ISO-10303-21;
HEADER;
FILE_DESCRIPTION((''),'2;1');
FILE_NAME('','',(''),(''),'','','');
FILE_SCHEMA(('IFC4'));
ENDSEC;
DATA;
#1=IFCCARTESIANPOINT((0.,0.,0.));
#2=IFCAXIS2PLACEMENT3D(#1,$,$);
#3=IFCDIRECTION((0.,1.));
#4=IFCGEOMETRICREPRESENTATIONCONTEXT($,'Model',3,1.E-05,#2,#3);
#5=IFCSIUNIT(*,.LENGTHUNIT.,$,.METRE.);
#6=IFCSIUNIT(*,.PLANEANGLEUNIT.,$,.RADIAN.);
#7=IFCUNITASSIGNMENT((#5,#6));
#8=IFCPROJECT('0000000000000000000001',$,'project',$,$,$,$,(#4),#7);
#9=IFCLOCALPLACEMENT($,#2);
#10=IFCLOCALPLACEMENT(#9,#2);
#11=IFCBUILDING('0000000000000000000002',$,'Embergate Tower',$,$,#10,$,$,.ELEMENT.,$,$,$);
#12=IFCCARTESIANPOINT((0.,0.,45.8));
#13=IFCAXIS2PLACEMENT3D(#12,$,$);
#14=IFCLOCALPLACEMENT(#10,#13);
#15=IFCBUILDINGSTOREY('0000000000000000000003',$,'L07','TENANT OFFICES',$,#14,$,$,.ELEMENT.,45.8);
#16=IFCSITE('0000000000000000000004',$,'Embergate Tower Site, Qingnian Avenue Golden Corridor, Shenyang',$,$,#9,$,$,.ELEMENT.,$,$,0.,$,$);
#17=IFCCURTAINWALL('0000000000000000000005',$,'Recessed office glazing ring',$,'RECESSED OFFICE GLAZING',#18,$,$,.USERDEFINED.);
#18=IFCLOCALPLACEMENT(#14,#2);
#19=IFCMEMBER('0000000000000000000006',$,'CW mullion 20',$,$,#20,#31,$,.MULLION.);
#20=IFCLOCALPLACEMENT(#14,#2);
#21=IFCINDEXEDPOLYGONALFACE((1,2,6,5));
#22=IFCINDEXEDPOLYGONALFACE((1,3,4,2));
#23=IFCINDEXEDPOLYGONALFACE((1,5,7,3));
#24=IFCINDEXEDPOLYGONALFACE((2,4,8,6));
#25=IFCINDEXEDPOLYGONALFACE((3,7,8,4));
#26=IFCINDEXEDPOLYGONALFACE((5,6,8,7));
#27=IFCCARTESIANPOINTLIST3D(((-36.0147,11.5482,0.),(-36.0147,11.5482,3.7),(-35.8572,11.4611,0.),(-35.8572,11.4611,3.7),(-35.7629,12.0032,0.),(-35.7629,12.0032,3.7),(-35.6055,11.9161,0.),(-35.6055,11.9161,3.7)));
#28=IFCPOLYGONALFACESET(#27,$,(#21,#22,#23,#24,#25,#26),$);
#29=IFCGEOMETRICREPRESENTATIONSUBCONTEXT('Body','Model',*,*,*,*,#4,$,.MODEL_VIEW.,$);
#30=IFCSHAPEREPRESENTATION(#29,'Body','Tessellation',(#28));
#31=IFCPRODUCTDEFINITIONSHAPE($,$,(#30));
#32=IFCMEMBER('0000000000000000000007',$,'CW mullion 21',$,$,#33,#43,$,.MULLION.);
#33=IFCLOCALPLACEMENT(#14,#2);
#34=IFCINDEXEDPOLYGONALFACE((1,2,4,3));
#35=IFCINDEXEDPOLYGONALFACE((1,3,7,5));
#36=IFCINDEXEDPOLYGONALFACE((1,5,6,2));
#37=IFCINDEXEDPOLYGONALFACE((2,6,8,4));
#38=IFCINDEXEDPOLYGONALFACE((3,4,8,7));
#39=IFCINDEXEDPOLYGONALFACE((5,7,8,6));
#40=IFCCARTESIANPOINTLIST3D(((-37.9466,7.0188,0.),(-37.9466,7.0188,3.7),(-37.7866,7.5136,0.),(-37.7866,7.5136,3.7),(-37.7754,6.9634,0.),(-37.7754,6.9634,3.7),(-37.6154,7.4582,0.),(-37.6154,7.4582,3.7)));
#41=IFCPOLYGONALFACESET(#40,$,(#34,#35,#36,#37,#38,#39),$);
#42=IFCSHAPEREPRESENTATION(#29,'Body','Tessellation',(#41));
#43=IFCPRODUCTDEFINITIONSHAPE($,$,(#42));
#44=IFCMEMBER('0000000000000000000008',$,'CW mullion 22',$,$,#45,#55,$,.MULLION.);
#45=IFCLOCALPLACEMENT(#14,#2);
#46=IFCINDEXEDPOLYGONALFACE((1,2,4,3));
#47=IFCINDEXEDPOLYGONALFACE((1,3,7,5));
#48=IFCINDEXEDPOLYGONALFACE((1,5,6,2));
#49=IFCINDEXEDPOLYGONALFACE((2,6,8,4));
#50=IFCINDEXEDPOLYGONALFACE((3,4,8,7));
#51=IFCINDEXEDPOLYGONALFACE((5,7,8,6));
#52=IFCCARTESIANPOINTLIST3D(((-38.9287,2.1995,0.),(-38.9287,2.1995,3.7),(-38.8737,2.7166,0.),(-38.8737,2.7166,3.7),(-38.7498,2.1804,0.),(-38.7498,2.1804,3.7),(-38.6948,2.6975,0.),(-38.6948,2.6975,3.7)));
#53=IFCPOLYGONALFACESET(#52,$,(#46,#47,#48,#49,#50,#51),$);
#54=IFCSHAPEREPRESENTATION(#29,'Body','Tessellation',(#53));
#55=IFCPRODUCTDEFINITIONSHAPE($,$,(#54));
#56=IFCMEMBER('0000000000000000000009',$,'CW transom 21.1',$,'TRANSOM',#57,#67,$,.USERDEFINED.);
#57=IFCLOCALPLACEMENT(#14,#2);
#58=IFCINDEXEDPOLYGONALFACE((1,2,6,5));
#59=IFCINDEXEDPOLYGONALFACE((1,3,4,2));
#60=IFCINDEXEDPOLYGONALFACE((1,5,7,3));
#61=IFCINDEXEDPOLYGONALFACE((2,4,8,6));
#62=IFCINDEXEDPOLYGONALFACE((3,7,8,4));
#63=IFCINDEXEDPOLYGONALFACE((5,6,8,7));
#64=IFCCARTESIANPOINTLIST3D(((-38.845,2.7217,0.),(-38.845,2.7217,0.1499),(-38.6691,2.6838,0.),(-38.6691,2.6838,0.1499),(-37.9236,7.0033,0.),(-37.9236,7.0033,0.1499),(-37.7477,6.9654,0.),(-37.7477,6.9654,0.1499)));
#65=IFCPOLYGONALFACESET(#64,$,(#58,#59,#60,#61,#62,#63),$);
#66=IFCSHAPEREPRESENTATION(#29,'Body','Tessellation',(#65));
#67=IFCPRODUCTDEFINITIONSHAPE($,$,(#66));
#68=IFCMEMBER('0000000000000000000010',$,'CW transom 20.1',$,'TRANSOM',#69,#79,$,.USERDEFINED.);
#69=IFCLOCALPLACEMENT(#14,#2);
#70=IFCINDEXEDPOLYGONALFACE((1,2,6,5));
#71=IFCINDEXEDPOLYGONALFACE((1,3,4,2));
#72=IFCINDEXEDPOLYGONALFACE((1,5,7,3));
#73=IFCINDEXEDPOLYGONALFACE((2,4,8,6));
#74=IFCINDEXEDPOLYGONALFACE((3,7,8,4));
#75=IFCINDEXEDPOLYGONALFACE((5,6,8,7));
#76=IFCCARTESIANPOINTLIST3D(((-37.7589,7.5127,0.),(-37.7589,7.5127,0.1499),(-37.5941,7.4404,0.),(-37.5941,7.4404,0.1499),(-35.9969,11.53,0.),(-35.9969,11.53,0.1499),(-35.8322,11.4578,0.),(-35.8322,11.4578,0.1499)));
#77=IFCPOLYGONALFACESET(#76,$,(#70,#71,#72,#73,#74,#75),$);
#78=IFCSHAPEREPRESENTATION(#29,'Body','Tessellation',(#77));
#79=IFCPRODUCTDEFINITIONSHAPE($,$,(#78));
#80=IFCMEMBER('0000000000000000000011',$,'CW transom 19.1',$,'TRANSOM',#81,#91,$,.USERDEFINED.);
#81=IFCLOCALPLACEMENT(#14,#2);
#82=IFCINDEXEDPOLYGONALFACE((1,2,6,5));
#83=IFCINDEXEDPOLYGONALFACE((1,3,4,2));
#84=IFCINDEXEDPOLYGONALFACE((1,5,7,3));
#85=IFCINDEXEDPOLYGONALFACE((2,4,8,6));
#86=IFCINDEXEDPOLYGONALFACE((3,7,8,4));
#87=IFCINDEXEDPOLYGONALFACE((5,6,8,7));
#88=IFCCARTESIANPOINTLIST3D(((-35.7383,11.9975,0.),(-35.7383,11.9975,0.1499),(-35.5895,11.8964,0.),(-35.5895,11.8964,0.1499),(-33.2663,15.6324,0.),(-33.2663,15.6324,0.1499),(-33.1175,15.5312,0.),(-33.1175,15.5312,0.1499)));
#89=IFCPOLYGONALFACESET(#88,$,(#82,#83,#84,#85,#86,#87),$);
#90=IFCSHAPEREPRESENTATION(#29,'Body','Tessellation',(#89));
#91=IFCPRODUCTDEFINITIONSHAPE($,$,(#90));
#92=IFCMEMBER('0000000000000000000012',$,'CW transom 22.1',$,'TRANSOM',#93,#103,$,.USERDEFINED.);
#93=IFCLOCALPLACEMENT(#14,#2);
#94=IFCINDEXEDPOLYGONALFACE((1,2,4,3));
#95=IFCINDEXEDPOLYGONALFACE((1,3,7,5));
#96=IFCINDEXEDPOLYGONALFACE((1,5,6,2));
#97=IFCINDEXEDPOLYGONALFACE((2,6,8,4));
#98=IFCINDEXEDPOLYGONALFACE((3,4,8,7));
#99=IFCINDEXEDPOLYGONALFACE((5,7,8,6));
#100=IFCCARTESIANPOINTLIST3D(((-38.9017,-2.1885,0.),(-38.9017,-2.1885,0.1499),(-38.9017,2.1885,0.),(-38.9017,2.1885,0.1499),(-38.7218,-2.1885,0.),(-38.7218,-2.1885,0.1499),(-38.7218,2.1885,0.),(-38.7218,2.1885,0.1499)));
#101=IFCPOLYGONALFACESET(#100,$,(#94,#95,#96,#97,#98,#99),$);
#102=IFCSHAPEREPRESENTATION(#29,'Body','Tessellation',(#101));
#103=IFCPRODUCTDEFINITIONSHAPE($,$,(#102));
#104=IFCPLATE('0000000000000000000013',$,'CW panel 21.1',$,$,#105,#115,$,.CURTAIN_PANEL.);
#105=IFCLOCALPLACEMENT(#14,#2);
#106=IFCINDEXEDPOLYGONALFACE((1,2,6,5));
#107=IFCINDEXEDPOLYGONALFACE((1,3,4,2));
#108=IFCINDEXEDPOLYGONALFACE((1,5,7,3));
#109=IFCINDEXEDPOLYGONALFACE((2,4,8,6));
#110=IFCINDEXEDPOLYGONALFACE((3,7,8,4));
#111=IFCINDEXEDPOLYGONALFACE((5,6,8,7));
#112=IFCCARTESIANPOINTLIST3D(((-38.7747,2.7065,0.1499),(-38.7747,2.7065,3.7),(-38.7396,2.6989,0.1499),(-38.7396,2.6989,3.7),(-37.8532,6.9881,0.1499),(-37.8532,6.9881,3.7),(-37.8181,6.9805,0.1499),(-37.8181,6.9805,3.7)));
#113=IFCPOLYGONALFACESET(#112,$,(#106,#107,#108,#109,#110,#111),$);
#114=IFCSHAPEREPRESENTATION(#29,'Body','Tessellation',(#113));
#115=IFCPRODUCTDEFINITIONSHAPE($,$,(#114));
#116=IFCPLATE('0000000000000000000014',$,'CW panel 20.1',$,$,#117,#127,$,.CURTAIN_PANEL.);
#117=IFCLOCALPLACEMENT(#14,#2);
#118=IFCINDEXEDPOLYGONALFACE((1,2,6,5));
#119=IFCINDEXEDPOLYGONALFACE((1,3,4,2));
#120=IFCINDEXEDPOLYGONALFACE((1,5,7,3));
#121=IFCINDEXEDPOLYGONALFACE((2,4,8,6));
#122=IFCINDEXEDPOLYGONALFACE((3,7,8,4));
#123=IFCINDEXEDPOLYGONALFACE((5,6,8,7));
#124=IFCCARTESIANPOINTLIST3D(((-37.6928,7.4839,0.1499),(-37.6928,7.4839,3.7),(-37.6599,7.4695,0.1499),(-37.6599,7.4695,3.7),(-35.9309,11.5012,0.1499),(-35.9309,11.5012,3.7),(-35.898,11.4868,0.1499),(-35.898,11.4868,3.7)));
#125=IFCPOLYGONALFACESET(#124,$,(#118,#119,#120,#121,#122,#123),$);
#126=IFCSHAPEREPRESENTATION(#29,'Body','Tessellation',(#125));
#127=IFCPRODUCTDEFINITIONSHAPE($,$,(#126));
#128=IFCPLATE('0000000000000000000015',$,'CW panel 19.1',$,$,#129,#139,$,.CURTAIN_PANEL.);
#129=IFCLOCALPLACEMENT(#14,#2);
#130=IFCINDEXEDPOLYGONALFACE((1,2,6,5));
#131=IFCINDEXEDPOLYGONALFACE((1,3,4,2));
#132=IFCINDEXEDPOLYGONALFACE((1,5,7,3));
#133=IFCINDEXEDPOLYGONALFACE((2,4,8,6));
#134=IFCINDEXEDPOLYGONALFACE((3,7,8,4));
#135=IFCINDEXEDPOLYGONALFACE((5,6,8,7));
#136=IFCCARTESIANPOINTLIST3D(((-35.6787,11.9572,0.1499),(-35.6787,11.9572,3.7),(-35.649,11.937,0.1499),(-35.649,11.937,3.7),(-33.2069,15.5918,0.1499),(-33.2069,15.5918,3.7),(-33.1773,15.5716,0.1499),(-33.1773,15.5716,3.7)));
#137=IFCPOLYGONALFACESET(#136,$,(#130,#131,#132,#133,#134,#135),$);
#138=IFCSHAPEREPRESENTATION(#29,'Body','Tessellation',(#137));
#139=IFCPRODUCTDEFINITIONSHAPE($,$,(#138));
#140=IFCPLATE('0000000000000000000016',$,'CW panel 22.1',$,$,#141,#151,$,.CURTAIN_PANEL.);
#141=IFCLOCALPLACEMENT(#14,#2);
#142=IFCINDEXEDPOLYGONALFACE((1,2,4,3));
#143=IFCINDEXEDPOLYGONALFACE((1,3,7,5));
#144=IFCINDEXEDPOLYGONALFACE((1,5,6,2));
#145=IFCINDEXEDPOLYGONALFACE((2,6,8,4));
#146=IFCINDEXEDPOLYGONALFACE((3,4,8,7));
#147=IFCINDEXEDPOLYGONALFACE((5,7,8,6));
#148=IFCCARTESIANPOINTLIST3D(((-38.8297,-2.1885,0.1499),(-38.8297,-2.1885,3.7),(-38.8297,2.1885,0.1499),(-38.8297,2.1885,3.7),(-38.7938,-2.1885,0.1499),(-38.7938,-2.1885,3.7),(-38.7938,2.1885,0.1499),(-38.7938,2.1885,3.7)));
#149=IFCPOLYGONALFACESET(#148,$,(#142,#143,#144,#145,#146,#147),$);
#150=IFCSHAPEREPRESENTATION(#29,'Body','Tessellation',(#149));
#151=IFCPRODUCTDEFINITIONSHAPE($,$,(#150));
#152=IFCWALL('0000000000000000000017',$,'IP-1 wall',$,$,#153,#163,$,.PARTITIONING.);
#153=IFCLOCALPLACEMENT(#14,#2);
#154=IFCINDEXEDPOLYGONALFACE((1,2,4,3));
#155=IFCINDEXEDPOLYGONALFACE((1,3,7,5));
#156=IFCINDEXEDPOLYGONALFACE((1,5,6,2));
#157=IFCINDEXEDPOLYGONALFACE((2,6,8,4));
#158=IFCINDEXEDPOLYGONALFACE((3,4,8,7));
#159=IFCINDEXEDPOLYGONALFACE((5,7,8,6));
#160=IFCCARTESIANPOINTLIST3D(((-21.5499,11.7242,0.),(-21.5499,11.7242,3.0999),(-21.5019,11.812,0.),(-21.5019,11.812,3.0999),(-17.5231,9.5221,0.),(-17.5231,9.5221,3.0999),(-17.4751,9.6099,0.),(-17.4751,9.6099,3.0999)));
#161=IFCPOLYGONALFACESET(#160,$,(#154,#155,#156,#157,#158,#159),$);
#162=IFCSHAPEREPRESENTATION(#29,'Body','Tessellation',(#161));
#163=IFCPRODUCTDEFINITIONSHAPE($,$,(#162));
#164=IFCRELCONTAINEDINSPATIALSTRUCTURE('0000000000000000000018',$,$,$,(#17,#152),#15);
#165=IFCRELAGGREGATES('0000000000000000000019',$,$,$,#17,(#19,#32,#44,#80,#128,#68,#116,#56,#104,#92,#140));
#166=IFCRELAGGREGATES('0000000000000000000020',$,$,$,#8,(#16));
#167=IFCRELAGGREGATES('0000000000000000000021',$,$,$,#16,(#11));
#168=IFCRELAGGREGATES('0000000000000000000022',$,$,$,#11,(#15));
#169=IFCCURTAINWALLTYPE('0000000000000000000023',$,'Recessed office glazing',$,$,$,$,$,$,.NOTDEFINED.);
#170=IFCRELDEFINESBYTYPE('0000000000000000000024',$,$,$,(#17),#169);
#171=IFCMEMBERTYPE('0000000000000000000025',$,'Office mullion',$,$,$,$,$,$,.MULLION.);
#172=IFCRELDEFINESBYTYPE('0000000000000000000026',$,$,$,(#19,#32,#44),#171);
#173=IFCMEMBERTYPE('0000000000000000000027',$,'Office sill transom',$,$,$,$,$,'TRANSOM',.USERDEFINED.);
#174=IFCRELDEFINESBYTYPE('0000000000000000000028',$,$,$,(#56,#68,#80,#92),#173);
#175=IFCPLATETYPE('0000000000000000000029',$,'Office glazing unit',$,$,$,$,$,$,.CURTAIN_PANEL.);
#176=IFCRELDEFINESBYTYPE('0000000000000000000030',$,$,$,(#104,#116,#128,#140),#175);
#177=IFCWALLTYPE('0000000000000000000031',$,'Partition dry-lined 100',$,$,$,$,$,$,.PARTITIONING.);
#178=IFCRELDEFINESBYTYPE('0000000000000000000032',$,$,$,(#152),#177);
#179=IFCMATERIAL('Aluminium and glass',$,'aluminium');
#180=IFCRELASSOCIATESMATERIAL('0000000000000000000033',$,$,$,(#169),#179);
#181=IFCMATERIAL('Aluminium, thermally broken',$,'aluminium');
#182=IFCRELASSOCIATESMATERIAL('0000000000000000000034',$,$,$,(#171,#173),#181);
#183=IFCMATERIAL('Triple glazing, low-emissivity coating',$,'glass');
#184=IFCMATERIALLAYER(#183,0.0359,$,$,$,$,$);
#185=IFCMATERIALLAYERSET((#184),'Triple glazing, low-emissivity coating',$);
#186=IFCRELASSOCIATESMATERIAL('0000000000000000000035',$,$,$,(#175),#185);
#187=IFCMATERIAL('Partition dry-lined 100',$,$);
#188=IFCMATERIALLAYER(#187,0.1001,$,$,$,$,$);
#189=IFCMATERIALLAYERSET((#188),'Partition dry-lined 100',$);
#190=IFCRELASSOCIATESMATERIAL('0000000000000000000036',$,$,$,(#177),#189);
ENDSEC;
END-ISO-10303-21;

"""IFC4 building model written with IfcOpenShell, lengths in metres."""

from ifc_helpers import new_model, si_unit, direction, frame, frame_2d, origin, origin_2d, place, context, subcontext, project, spatial, rectangle, extrude, source, transform, mapped, material, layer, layer_set, material_profile, profile_set, type_object, element, aggregate, save


model = new_model("IFC4")

# Units and contexts
model_context = context("Model", 3, precision=1e-05, world=origin(), true_north=direction((0.0, 1.0)))
body_context = subcontext(model_context, "Body", "Model", "MODEL_VIEW")
ifc_project = project(units=[si_unit("LENGTHUNIT", "METRE"), si_unit("PLANEANGLEUNIT", "RADIAN")], contexts=[model_context])

# Site, building, storey
site_placement = place(None, origin())
site = spatial("IfcSite", under=ifc_project, at=site_placement, Name="Embergate Tower Site, Qingnian Avenue Golden Corridor, Shenyang", CompositionType="ELEMENT", RefElevation=0.0)
building_placement = place(site_placement, origin())
building = spatial("IfcBuilding", under=site, at=building_placement, Name="Embergate Tower", CompositionType="ELEMENT")
storey_placement = place(building_placement, frame((0.0, 0.0, 45.8)))
storey = spatial("IfcBuildingStorey", under=building, at=storey_placement, Name="L07", Description="TENANT OFFICES", CompositionType="ELEMENT", Elevation=45.8)

# Curtain wall, members, plates
ifc_material_1 = material(Name="Aluminium and glass", Category="aluminium")
curtain_wall_type = type_object("IfcCurtainWallType", Name="Recessed office glazing", PredefinedType="NOTDEFINED", material=ifc_material_1)
curtain_wall_placement = place(storey_placement, origin())
curtain_wall = element("IfcCurtainWall", 1, at=curtain_wall_placement, inside=storey, type_object=curtain_wall_type, Name="Recessed office glazing ring", ObjectType="RECESSED OFFICE GLAZING", PredefinedType="USERDEFINED")
ifc_material_2 = material(Name="Aluminium, thermally broken", Category="aluminium")
ifc_material_profile_1 = material_profile(ifc_material_2, rectangle(XDim=0.1799, YDim=0.52, at=origin_2d()), Name="AL 520x180")
ifc_profile_set_1 = profile_set([ifc_material_profile_1], Name="Aluminium, thermally broken")
member_type_1 = type_object("IfcMemberType", Name="Office mullion", PredefinedType="MULLION", material=ifc_profile_set_1)
shared_shape_1 = source(origin(), body_context, "Body", "SweptSolid", [
    extrude(rectangle(XDim=0.1799, YDim=0.52, at=origin_2d()), origin(), (0.0, 0.0, 1.0), 3.7),
])
member_1_placement = place(storey_placement, frame((-35.8101, 11.7322, 0.0), z_axis=(0.0, 0.0, 1.0), x_axis=(0.875004, -0.484115, 0.0)))
member_1 = element("IfcMember", 2, at=member_1_placement, type_object=member_type_1, Name="CW mullion 20", PredefinedType="MULLION", context=body_context, shape_type="MappedRepresentation", body=[
    mapped(shared_shape_1, transform((0.0, 0.0, 0.0))),
])
member_2_placement = place(storey_placement, frame((-37.781, 7.2385, 0.0), z_axis=(0.0, 0.0, 1.0), x_axis=(0.951499, -0.307651, 0.0)))
member_2 = element("IfcMember", 3, at=member_2_placement, type_object=member_type_1, Name="CW mullion 21", PredefinedType="MULLION", context=body_context, shape_type="MappedRepresentation", body=[
    mapped(shared_shape_1, transform((0.0, 0.0, 0.0))),
])
member_3_placement = place(storey_placement, frame((-38.8118, 2.4485, 0.0), z_axis=(0.0, 0.0, 1.0), x_axis=(0.994385, -0.105822, 0.0)))
member_3 = element("IfcMember", 4, at=member_3_placement, type_object=member_type_1, Name="CW mullion 22", PredefinedType="MULLION", context=body_context, shape_type="MappedRepresentation", body=[
    mapped(shared_shape_1, transform((0.0, 0.0, 0.0))),
])
ifc_material_profile_2 = material_profile(ifc_material_2, rectangle(XDim=0.1799, YDim=0.1499, at=origin_2d()), Name="AL 150x180")
ifc_profile_set_2 = profile_set([ifc_material_profile_2], Name="Aluminium, thermally broken")
member_type_2 = type_object("IfcMemberType", Name="Office sill transom", ElementType="TRANSOM", PredefinedType="USERDEFINED", material=ifc_profile_set_2)
shared_shape_2 = source(origin(), body_context, "Body", "SweptSolid", [
    extrude(rectangle(XDim=0.1799, YDim=0.1499, at=origin_2d()), origin(), (0.0, 0.0, 1.0), 4.3796),
])
member_4_placement = place(storey_placement, frame((-37.8357, 6.9844, 0.075), z_axis=(-0.210374, -0.977621, 0.0), x_axis=(0.977621, -0.210374, 0.0)))
member_4 = element("IfcMember", 5, at=member_4_placement, type_object=member_type_2, Name="CW transom 21.1", ObjectType="TRANSOM", PredefinedType="USERDEFINED", context=body_context, shape_type="MappedRepresentation", body=[
    mapped(shared_shape_2, transform((0.0, 0.0, 0.0))),
])
shared_shape_3 = source(origin(), body_context, "Body", "SweptSolid", [
    extrude(rectangle(XDim=0.1799, YDim=0.1499, at=origin_2d()), origin(), (0.0, 0.0, 1.0), 4.3867),
])
member_5_placement = place(storey_placement, frame((-35.9146, 11.4939, 0.075), z_axis=(-0.401657, -0.91579, 0.0), x_axis=(0.91579, -0.401657, 0.0)))
member_5 = element("IfcMember", 6, at=member_5_placement, type_object=member_type_2, Name="CW transom 20.1", ObjectType="TRANSOM", PredefinedType="USERDEFINED", context=body_context, shape_type="MappedRepresentation", body=[
    mapped(shared_shape_3, transform((0.0, 0.0, 0.0))),
])
shared_shape_4 = source(origin(), body_context, "Body", "SweptSolid", [
    extrude(rectangle(XDim=0.1799, YDim=0.1499, at=origin_2d()), origin(), (0.0, 0.0, 1.0), 4.3958),
])
member_6_placement = place(storey_placement, frame((-33.1919, 15.5818, 0.075), z_axis=(-0.562354, -0.826897, 0.0), x_axis=(0.826897, -0.562354, 0.0)))
member_6 = element("IfcMember", 7, at=member_6_placement, type_object=member_type_2, Name="CW transom 19.1", ObjectType="TRANSOM", PredefinedType="USERDEFINED", context=body_context, shape_type="MappedRepresentation", body=[
    mapped(shared_shape_4, transform((0.0, 0.0, 0.0))),
])
shared_shape_5 = source(origin(), body_context, "Body", "SweptSolid", [
    extrude(rectangle(XDim=0.1799, YDim=0.1499, at=origin_2d()), origin(), (0.0, 0.0, 1.0), 4.377),
])
member_7_placement = place(storey_placement, frame((-38.8118, 2.1885, 0.075), z_axis=(0.0, -1.0, 0.0), x_axis=(1.0, 0.0, 0.0)))
member_7 = element("IfcMember", 8, at=member_7_placement, type_object=member_type_2, Name="CW transom 22.1", ObjectType="TRANSOM", PredefinedType="USERDEFINED", context=body_context, shape_type="MappedRepresentation", body=[
    mapped(shared_shape_5, transform((0.0, 0.0, 0.0))),
])
ifc_material_3 = material(Name="Triple glazing, low-emissivity coating", Category="glass")
ifc_layer_1 = layer(ifc_material_3, 0.0359)
ifc_layer_set_1 = layer_set([ifc_layer_1], Name="Triple glazing, low-emissivity coating")
plate_type = type_object("IfcPlateType", Name="Office glazing unit", PredefinedType="CURTAIN_PANEL", material=ifc_layer_set_1)
shared_shape_6 = source(origin(), body_context, "Body", "SweptSolid", [
    extrude(rectangle(XDim=4.3796, YDim=0.0359, at=origin_2d()), origin(), (0.0, 0.0, 1.0), 3.55),
])
plate_1_placement = place(storey_placement, frame((-38.2964, 4.8435, 0.1499), z_axis=(0.0, 0.0, 1.0), x_axis=(-0.210398, -0.977616, 0.0)))
plate_1 = element("IfcPlate", 9, at=plate_1_placement, type_object=plate_type, Name="CW panel 21.1", PredefinedType="CURTAIN_PANEL", context=body_context, shape_type="MappedRepresentation", body=[
    mapped(shared_shape_6, transform((0.0, 0.0, 0.0))),
])
shared_shape_7 = source(origin(), body_context, "Body", "SweptSolid", [
    extrude(rectangle(XDim=4.3867, YDim=0.0359, at=origin_2d()), origin(), (0.0, 0.0, 1.0), 3.55),
])
plate_2_placement = place(storey_placement, frame((-36.7954, 9.4854, 0.1499), z_axis=(0.0, 0.0, 1.0), x_axis=(-0.401652, -0.915792, 0.0)))
plate_2 = element("IfcPlate", 10, at=plate_2_placement, type_object=plate_type, Name="CW panel 20.1", PredefinedType="CURTAIN_PANEL", context=body_context, shape_type="MappedRepresentation", body=[
    mapped(shared_shape_7, transform((0.0, 0.0, 0.0))),
])
shared_shape_8 = source(origin(), body_context, "Body", "SweptSolid", [
    extrude(rectangle(XDim=4.3955, YDim=0.0359, at=origin_2d()), origin(), (0.0, 0.0, 1.0), 3.55),
])
plate_3_placement = place(storey_placement, frame((-34.428, 13.7644, 0.1499), z_axis=(0.0, 0.0, 1.0), x_axis=(-0.562342, -0.826905, 0.0)))
plate_3 = element("IfcPlate", 11, at=plate_3_placement, type_object=plate_type, Name="CW panel 19.1", PredefinedType="CURTAIN_PANEL", context=body_context, shape_type="MappedRepresentation", body=[
    mapped(shared_shape_8, transform((0.0, 0.0, 0.0))),
])
shared_shape_9 = source(origin(), body_context, "Body", "SweptSolid", [
    extrude(rectangle(XDim=4.377, YDim=0.0359, at=origin_2d()), origin(), (0.0, 0.0, 1.0), 3.55),
])
plate_4_placement = place(storey_placement, frame((-38.8118, 0.0, 0.1499), z_axis=(0.0, 0.0, 1.0), x_axis=(0.0, -1.0, 0.0)))
plate_4 = element("IfcPlate", 12, at=plate_4_placement, type_object=plate_type, Name="CW panel 22.1", PredefinedType="CURTAIN_PANEL", context=body_context, shape_type="MappedRepresentation", body=[
    mapped(shared_shape_9, transform((0.0, 0.0, 0.0))),
])
aggregate(curtain_wall, [member_1, member_2, member_3, member_6, plate_3, member_5, plate_2, member_4, plate_1, member_7, plate_4])

# Wall
ifc_material_4 = material(Name="Partition dry-lined 100")
ifc_layer_2 = layer(ifc_material_4, 0.1001)
ifc_layer_set_2 = layer_set([ifc_layer_2], Name="Partition dry-lined 100")
wall_type = type_object("IfcWallType", Name="Partition dry-lined 100", PredefinedType="PARTITIONING", material=ifc_layer_set_2)
shared_shape_10 = source(origin(), body_context, "Body", "SweptSolid", [
    extrude(rectangle(XDim=4.5896, YDim=0.1001, at=frame_2d((2.2949, 0.0))), origin(), (0.0, 0.0, 1.0), 3.0999),
])
wall_placement = place(storey_placement, frame((-17.499, 9.5659, 0.0), z_axis=(0.0, 0.0, 1.0), x_axis=(-0.877375, 0.479806, 0.0)))
element("IfcWall", 13, at=wall_placement, inside=storey, type_object=wall_type, Name="IP-1 wall", PredefinedType="PARTITIONING", context=body_context, shape_type="MappedRepresentation", body=[
    mapped(shared_shape_10, transform((0.0, 0.0, 0.0))),
])

save(model, "model.ifc")
